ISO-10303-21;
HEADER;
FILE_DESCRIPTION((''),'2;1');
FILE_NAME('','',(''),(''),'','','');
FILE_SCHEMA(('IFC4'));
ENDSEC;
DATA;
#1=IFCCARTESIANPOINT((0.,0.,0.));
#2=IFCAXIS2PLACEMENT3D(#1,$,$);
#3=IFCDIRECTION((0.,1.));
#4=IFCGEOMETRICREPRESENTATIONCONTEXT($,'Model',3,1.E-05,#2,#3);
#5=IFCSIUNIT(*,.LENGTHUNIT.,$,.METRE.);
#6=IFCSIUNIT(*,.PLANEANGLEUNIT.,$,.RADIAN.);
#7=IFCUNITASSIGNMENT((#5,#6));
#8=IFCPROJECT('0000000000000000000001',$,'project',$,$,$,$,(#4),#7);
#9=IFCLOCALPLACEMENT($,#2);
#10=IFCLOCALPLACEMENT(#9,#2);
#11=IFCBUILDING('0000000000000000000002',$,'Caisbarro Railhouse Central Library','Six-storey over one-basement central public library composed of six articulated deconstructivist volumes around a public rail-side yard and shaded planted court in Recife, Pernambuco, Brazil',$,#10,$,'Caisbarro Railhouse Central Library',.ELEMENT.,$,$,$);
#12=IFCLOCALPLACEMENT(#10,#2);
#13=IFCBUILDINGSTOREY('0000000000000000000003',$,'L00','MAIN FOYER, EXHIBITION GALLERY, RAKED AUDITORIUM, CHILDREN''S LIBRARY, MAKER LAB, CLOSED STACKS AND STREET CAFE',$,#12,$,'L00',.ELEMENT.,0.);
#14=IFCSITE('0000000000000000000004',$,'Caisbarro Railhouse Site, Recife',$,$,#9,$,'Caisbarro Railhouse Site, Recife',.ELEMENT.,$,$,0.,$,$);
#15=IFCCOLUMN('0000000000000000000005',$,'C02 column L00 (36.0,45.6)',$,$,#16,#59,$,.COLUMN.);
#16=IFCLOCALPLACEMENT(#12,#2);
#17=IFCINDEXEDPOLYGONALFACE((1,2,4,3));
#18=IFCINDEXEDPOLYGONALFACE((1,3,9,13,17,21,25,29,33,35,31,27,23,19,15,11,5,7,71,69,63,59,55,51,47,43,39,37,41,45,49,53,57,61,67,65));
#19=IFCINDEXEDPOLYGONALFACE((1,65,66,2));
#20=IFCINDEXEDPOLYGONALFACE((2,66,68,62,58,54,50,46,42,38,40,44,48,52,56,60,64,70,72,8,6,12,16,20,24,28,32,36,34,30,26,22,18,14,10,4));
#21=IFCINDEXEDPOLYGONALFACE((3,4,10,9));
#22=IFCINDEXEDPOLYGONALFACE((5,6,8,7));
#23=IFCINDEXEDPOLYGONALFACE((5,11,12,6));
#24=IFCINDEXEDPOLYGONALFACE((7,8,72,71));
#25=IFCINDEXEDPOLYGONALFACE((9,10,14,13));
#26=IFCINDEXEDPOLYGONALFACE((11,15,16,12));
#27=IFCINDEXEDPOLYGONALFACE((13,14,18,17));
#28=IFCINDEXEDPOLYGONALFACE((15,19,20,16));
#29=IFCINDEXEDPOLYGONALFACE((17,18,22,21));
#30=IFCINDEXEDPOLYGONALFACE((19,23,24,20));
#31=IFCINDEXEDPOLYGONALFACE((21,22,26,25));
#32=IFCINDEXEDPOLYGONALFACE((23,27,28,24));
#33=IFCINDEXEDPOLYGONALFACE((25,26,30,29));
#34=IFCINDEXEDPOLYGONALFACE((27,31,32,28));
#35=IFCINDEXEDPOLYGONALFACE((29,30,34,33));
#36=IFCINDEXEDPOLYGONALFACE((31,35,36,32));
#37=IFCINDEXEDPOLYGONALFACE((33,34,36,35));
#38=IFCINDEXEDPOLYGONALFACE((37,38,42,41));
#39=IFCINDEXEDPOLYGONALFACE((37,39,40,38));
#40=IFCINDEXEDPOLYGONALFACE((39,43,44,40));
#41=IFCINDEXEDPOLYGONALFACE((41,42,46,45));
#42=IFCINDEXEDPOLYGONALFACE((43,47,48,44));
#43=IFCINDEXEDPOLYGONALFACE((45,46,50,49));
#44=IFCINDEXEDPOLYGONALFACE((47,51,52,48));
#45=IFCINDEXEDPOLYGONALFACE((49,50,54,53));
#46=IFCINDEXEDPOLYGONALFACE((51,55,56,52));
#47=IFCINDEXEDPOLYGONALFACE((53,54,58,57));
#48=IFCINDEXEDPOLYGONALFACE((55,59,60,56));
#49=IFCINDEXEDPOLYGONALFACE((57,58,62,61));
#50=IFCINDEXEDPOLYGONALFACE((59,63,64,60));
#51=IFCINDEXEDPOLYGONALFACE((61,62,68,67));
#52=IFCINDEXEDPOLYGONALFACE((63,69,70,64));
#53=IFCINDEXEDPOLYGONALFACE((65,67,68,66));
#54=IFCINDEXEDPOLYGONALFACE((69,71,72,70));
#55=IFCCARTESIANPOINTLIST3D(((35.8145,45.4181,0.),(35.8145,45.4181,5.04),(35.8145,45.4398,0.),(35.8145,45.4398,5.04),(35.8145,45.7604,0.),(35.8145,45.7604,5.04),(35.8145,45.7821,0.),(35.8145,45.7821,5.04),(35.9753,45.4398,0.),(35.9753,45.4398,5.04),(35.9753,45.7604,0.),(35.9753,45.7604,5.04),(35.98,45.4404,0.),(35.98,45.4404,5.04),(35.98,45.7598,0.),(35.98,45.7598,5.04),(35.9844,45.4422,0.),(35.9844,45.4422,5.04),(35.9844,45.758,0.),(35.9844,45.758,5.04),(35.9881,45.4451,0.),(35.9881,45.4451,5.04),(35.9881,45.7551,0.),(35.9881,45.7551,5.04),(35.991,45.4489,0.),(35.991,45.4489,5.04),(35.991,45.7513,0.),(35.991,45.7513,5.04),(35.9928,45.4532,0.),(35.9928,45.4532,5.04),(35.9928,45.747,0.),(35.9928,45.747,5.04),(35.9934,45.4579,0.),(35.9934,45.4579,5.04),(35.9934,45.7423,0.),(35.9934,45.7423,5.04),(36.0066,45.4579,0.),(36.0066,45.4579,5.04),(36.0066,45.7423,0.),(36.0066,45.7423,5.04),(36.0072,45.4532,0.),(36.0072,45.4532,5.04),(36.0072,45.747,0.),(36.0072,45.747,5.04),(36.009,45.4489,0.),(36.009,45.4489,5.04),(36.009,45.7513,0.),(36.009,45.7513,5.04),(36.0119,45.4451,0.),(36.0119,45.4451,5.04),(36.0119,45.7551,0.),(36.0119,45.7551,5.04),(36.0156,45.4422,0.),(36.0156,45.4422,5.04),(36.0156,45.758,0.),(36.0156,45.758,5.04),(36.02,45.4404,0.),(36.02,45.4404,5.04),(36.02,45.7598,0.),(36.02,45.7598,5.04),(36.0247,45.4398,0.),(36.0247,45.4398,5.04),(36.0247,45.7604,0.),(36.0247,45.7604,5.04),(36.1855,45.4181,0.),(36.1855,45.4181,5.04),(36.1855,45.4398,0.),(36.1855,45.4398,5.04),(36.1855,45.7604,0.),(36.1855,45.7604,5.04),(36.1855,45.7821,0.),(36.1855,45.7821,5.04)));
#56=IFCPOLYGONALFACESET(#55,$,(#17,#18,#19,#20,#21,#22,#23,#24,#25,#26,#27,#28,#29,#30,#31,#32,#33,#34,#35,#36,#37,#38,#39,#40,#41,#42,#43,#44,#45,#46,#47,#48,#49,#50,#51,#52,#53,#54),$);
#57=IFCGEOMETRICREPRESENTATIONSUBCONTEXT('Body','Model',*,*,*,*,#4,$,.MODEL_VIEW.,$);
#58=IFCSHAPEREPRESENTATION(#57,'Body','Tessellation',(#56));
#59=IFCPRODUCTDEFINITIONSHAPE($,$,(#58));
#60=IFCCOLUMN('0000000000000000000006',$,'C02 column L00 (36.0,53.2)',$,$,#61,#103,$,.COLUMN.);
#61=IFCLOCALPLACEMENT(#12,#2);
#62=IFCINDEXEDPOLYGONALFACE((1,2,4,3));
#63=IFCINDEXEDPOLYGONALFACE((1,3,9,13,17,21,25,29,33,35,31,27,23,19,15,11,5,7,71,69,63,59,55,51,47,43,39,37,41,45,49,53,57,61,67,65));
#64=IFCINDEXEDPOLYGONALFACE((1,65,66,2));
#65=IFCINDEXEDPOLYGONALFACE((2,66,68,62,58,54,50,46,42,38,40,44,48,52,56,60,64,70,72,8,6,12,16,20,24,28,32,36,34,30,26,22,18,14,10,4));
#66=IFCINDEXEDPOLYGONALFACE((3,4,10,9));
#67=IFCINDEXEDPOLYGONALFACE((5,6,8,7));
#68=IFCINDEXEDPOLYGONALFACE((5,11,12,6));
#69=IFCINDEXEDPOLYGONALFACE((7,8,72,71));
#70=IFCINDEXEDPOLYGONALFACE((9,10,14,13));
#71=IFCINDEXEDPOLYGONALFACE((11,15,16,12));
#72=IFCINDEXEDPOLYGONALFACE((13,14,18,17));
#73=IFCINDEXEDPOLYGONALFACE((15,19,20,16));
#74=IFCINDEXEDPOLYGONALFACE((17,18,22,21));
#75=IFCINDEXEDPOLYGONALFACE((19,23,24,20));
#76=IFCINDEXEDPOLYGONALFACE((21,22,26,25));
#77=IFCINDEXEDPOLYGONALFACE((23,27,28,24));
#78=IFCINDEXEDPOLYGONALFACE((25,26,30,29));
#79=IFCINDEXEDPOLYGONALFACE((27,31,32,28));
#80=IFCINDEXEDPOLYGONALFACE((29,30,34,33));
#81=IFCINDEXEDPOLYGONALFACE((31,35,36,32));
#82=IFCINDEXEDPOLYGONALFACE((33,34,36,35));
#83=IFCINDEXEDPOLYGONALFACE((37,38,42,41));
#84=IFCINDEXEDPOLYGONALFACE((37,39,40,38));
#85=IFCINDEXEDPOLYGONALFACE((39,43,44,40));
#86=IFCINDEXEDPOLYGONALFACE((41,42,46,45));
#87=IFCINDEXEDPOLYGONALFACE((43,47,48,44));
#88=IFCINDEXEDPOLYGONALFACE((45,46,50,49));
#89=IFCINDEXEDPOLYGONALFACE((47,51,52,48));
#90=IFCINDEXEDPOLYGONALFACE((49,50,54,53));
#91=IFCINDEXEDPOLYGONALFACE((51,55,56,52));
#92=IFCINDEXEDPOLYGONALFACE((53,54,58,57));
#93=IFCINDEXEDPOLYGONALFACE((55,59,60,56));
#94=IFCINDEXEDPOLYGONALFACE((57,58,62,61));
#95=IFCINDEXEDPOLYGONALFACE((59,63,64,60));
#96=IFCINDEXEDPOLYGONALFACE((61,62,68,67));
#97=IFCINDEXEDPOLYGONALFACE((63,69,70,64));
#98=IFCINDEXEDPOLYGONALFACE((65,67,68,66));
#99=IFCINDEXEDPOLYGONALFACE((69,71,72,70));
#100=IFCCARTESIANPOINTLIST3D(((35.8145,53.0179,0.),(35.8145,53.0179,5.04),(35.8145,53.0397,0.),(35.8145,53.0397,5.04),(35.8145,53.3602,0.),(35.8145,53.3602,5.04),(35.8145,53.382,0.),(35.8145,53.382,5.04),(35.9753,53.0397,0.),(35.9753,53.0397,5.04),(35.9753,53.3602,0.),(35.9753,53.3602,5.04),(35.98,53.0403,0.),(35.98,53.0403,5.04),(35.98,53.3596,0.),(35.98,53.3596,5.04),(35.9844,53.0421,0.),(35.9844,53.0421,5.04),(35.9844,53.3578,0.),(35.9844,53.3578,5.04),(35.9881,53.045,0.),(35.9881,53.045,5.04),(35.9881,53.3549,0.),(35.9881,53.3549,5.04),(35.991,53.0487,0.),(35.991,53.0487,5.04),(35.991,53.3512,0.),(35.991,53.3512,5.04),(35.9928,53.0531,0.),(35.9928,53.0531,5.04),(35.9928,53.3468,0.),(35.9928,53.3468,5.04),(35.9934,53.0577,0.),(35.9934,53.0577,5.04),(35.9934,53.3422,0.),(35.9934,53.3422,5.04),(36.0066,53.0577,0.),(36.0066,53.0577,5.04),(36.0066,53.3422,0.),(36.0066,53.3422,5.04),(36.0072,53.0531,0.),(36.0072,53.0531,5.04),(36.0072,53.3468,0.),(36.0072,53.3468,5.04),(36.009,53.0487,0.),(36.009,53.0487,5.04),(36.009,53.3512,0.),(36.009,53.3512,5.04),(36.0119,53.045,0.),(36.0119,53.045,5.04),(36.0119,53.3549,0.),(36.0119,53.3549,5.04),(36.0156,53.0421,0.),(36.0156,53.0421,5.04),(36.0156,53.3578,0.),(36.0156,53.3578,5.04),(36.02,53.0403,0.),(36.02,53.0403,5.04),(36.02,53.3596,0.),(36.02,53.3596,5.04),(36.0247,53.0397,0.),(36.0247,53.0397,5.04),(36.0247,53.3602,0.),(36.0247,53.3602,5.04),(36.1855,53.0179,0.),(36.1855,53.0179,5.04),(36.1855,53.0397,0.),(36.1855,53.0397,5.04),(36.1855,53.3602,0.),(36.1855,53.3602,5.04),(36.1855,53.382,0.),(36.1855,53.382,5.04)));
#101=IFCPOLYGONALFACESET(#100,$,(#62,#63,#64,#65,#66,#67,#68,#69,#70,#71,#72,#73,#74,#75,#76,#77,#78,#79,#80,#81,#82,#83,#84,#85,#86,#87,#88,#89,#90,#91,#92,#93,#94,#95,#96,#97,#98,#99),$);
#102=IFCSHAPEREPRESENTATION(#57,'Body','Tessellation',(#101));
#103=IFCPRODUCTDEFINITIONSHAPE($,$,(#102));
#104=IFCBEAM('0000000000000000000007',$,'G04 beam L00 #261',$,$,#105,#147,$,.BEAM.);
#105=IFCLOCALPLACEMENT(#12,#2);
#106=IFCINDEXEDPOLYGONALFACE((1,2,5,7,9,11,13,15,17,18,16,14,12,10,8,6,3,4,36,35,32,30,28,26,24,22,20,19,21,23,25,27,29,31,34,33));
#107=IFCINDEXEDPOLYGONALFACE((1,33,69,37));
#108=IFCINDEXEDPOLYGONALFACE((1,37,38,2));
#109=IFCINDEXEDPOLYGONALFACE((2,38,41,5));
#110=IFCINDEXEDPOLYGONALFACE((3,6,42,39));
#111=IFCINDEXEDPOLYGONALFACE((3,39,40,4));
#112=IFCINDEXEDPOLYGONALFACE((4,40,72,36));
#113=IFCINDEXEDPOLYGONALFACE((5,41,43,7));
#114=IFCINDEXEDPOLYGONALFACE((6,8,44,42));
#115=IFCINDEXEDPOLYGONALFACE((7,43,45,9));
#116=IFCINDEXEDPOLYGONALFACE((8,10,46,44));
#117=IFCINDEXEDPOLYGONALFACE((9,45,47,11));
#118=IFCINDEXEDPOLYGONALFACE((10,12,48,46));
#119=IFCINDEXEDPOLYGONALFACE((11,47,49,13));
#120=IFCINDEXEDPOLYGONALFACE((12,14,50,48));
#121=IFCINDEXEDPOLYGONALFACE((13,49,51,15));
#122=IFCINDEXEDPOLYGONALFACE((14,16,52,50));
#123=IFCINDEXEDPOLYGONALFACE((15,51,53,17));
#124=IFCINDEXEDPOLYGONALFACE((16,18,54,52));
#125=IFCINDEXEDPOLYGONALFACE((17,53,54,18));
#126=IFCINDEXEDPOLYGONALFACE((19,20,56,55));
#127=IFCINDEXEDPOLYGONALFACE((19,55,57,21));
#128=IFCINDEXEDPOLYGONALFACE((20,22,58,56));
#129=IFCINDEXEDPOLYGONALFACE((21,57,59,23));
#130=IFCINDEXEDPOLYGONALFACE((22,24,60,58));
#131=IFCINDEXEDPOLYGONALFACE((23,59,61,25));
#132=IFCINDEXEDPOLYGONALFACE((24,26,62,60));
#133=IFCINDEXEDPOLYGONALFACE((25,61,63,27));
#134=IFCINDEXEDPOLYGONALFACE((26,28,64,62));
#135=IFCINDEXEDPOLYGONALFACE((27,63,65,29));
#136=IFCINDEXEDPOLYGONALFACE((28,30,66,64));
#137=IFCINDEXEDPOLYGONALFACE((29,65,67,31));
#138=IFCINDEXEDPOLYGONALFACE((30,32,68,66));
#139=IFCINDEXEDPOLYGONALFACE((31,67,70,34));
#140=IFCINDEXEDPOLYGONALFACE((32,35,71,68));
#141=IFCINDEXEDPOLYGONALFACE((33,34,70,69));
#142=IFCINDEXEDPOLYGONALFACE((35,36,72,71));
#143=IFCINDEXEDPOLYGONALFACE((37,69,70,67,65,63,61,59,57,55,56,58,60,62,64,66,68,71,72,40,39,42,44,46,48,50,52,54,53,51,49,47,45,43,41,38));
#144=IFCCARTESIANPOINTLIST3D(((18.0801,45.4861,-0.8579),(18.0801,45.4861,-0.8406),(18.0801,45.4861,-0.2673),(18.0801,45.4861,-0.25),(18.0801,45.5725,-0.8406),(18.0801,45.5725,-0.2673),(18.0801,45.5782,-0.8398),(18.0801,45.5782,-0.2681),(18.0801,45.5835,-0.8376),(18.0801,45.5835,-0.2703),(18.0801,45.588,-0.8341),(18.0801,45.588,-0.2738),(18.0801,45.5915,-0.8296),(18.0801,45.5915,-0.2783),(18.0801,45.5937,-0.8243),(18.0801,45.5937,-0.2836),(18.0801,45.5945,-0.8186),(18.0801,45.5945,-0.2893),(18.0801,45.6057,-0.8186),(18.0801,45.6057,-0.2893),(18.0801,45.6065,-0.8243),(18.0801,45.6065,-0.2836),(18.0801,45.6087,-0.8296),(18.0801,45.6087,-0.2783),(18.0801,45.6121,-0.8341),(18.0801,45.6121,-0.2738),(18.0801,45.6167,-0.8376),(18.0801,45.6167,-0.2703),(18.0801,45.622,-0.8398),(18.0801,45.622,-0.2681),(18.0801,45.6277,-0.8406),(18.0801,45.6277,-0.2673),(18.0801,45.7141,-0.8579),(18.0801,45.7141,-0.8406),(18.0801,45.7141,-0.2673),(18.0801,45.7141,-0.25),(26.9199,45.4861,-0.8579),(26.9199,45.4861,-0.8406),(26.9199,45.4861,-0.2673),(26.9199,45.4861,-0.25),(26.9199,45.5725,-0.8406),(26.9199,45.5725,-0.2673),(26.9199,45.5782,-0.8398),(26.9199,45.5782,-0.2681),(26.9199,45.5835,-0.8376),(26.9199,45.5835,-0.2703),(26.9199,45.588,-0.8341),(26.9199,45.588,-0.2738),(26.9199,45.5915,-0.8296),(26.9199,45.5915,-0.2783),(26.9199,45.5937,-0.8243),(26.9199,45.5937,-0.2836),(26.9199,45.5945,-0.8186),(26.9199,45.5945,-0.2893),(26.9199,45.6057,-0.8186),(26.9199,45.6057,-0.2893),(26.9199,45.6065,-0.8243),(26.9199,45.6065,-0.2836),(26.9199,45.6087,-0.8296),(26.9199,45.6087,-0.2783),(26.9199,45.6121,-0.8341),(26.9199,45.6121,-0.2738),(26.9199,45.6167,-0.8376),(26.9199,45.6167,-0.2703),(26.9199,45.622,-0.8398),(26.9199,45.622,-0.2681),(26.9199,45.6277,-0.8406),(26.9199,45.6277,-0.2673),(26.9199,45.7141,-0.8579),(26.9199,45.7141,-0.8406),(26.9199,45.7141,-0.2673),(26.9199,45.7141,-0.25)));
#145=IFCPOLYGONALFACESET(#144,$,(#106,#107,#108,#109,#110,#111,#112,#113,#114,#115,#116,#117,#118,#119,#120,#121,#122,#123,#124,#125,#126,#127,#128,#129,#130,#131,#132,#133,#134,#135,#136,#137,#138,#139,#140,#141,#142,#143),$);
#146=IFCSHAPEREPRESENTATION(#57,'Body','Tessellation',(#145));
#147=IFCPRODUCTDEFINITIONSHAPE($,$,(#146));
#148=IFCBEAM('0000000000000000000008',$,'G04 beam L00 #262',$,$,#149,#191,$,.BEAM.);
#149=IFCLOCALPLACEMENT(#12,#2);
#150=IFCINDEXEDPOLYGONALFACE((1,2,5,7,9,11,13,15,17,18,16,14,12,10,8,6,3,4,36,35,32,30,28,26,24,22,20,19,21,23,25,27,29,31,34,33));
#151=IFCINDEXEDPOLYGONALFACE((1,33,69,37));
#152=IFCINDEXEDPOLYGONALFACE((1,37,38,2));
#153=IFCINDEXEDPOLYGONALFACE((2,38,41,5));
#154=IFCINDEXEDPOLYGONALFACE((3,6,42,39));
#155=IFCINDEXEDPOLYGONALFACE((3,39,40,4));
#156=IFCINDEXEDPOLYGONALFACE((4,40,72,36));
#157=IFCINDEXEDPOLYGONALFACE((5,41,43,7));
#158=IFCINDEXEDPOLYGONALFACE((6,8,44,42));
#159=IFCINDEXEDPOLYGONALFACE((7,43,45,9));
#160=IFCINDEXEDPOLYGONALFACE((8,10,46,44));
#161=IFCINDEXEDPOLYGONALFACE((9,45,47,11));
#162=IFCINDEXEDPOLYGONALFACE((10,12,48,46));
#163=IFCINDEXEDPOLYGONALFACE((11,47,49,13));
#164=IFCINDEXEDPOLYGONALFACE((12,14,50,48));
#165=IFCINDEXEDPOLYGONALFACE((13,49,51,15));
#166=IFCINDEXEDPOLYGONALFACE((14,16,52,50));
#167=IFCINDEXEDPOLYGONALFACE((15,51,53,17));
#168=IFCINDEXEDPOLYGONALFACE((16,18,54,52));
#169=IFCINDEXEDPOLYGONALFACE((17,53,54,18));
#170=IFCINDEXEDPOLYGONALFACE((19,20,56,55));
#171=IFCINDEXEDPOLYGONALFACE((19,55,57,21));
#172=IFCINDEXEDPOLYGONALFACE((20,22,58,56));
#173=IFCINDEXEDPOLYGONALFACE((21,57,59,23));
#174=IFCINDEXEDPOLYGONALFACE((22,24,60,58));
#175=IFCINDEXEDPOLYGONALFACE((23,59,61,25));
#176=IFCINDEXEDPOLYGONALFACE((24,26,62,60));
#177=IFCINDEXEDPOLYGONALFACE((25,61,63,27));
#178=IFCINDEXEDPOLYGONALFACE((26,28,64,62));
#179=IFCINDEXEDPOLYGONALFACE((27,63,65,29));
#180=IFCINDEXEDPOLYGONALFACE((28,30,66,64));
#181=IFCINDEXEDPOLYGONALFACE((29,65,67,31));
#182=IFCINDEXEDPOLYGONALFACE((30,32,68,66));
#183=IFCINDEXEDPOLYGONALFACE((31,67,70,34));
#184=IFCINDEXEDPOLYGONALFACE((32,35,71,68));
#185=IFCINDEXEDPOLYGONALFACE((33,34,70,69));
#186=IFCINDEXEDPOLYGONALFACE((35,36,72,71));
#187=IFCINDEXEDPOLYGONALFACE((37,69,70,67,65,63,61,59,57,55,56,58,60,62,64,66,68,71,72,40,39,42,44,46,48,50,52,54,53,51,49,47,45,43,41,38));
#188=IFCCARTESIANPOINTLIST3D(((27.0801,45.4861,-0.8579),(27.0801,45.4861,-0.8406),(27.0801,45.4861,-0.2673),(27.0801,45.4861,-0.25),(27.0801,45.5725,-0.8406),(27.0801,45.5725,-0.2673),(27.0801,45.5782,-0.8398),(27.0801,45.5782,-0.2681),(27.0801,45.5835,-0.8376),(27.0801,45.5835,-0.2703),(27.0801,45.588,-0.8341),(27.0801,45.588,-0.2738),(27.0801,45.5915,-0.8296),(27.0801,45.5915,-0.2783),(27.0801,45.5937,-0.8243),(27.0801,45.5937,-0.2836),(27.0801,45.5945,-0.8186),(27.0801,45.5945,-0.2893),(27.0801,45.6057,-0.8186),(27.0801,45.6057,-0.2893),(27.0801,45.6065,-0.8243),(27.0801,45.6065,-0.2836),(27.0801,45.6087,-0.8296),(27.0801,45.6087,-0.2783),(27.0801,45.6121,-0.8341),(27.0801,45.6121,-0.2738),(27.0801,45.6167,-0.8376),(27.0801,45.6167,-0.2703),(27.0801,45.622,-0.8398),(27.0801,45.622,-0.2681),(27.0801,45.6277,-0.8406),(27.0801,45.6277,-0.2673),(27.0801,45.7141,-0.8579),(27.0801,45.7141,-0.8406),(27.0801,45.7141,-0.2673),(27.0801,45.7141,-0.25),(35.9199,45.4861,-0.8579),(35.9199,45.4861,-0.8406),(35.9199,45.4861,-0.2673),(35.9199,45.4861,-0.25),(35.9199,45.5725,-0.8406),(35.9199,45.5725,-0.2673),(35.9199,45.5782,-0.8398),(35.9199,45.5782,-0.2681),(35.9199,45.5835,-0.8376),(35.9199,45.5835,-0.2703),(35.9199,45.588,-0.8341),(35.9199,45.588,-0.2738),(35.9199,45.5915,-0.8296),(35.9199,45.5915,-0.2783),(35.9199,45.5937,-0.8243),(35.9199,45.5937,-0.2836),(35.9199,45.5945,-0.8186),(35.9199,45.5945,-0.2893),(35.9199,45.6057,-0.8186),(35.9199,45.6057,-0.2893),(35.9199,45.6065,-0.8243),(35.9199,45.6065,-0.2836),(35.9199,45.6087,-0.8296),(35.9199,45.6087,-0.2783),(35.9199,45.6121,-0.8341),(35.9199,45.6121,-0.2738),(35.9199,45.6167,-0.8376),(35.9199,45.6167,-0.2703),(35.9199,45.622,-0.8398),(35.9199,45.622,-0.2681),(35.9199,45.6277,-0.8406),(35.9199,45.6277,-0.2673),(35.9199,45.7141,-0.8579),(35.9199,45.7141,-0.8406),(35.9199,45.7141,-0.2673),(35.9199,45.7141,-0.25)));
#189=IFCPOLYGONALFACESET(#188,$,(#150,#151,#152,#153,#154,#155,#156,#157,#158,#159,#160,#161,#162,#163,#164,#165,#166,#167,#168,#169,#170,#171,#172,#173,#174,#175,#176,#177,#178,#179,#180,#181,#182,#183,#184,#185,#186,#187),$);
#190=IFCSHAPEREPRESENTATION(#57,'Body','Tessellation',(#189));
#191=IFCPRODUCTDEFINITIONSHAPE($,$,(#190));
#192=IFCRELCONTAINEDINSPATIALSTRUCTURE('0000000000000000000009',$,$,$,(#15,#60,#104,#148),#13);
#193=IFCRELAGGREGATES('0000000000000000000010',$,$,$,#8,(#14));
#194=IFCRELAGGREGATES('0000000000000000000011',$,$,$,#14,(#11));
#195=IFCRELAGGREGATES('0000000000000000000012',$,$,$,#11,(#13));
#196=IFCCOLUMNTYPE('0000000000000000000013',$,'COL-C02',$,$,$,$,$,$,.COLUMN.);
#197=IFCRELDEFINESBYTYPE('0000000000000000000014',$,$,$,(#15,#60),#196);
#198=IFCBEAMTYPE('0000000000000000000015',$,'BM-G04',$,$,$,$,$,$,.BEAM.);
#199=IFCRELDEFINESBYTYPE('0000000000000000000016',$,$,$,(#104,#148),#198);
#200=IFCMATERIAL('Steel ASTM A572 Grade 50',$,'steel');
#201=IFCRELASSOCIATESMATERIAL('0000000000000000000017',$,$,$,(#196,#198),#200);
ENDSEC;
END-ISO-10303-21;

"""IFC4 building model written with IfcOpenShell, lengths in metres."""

from ifc_helpers import new_model, si_unit, direction, frame, origin, origin_2d, place, context, subcontext, project, spatial, i_section, extrude, material, material_profile, profile_set, type_object, element, save


model = new_model("IFC4")

# Units and contexts
model_context = context("Model", 3, precision=1e-05, world=origin(), true_north=direction((0.0, 1.0)))
body_context = subcontext(model_context, "Body", "Model", "MODEL_VIEW")
ifc_project = project(units=[si_unit("LENGTHUNIT", "METRE"), si_unit("PLANEANGLEUNIT", "RADIAN")], contexts=[model_context])

# Site, building, storey
site_placement = place(None, origin())
site = spatial("IfcSite", under=ifc_project, at=site_placement, Name="Caisbarro Railhouse Site, Recife", LongName="Caisbarro Railhouse Site, Recife", CompositionType="ELEMENT", RefElevation=0.0)
building_placement = place(site_placement, origin())
building = spatial("IfcBuilding", under=site, at=building_placement, Name="Caisbarro Railhouse Central Library", Description="Six-storey over one-basement central public library composed of six articulated deconstructivist volumes around a public rail-side yard and shaded planted court in Recife, Pernambuco, Brazil", LongName="Caisbarro Railhouse Central Library", CompositionType="ELEMENT")
storey_placement = place(building_placement, origin())
storey = spatial("IfcBuildingStorey", under=building, at=storey_placement, Name="L00", Description="MAIN FOYER, EXHIBITION GALLERY, RAKED AUDITORIUM, CHILDREN'S LIBRARY, MAKER LAB, CLOSED STACKS AND STREET CAFE", LongName="L00", CompositionType="ELEMENT", Elevation=0.0)

# Columns
ifc_material = material(Name="Steel ASTM A572 Grade 50", Category="steel")
ifc_material_profile_1 = material_profile(ifc_material, i_section(OverallWidth=0.3711, OverallDepth=0.364, WebThickness=0.0132, FlangeThickness=0.0217, FilletRadius=0.0181, at=origin_2d()), Name="W360X162.0")
ifc_profile_set_1 = profile_set([ifc_material_profile_1], Name="Steel ASTM A572 Grade 50")
column_type = type_object("IfcColumnType", Name="COL-C02", PredefinedType="COLUMN", material=ifc_profile_set_1)
for number, where, z_axis, x_axis, name in (
    (1, (36.0, 45.6001, 0.0), (0.0, 0.0, 1.0), (1.0, 0.0, 0.0), "C02 column L00 (36.0,45.6)"),
    (2, (36.0, 53.2, 0.0), (0.0, 0.0, 1.0), (1.0, 0.0, 0.0), "C02 column L00 (36.0,53.2)"),
):
    element("IfcColumn", number, at=place(storey_placement, frame(where, z_axis=z_axis, x_axis=x_axis)), inside=storey, type_object=column_type, Name=name, PredefinedType="COLUMN", context=body_context, shape_type="SweptSolid", body=[
        extrude(i_section(OverallWidth=0.3711, OverallDepth=0.364, WebThickness=0.0132, FlangeThickness=0.0217, FilletRadius=0.0181, at=origin_2d()), origin(), (0.0, 0.0, 1.0), 5.04),
    ])

# Beams
ifc_material_profile_2 = material_profile(ifc_material, i_section(OverallWidth=0.228, OverallDepth=0.6079, WebThickness=0.0112, FlangeThickness=0.0173, FilletRadius=0.022, at=origin_2d()), Name="W610X113.0")
ifc_profile_set_2 = profile_set([ifc_material_profile_2], Name="Steel ASTM A572 Grade 50")
beam_type_1 = type_object("IfcBeamType", Name="BM-G04", PredefinedType="BEAM", material=ifc_profile_set_2)
for number, where, z_axis, x_axis, name in (
    (3, (18.0801, 45.6001, -0.554), (1.0, 0.0, 0.0), (0.0, 1.0, 0.0), "G04 beam L00 #261"),
    (4, (27.0801, 45.6001, -0.554), (1.0, 0.0, 0.0), (0.0, 1.0, 0.0), "G04 beam L00 #262"),
):
    element("IfcBeam", number, at=place(storey_placement, frame(where, z_axis=z_axis, x_axis=x_axis)), inside=storey, type_object=beam_type_1, Name=name, PredefinedType="BEAM", context=body_context, shape_type="SweptSolid", body=[
        extrude(i_section(OverallWidth=0.228, OverallDepth=0.6079, WebThickness=0.0112, FlangeThickness=0.0173, FilletRadius=0.022, at=origin_2d()), origin(), (0.0, 0.0, 1.0), 8.8398),
    ])

save(model, "model.ifc")
